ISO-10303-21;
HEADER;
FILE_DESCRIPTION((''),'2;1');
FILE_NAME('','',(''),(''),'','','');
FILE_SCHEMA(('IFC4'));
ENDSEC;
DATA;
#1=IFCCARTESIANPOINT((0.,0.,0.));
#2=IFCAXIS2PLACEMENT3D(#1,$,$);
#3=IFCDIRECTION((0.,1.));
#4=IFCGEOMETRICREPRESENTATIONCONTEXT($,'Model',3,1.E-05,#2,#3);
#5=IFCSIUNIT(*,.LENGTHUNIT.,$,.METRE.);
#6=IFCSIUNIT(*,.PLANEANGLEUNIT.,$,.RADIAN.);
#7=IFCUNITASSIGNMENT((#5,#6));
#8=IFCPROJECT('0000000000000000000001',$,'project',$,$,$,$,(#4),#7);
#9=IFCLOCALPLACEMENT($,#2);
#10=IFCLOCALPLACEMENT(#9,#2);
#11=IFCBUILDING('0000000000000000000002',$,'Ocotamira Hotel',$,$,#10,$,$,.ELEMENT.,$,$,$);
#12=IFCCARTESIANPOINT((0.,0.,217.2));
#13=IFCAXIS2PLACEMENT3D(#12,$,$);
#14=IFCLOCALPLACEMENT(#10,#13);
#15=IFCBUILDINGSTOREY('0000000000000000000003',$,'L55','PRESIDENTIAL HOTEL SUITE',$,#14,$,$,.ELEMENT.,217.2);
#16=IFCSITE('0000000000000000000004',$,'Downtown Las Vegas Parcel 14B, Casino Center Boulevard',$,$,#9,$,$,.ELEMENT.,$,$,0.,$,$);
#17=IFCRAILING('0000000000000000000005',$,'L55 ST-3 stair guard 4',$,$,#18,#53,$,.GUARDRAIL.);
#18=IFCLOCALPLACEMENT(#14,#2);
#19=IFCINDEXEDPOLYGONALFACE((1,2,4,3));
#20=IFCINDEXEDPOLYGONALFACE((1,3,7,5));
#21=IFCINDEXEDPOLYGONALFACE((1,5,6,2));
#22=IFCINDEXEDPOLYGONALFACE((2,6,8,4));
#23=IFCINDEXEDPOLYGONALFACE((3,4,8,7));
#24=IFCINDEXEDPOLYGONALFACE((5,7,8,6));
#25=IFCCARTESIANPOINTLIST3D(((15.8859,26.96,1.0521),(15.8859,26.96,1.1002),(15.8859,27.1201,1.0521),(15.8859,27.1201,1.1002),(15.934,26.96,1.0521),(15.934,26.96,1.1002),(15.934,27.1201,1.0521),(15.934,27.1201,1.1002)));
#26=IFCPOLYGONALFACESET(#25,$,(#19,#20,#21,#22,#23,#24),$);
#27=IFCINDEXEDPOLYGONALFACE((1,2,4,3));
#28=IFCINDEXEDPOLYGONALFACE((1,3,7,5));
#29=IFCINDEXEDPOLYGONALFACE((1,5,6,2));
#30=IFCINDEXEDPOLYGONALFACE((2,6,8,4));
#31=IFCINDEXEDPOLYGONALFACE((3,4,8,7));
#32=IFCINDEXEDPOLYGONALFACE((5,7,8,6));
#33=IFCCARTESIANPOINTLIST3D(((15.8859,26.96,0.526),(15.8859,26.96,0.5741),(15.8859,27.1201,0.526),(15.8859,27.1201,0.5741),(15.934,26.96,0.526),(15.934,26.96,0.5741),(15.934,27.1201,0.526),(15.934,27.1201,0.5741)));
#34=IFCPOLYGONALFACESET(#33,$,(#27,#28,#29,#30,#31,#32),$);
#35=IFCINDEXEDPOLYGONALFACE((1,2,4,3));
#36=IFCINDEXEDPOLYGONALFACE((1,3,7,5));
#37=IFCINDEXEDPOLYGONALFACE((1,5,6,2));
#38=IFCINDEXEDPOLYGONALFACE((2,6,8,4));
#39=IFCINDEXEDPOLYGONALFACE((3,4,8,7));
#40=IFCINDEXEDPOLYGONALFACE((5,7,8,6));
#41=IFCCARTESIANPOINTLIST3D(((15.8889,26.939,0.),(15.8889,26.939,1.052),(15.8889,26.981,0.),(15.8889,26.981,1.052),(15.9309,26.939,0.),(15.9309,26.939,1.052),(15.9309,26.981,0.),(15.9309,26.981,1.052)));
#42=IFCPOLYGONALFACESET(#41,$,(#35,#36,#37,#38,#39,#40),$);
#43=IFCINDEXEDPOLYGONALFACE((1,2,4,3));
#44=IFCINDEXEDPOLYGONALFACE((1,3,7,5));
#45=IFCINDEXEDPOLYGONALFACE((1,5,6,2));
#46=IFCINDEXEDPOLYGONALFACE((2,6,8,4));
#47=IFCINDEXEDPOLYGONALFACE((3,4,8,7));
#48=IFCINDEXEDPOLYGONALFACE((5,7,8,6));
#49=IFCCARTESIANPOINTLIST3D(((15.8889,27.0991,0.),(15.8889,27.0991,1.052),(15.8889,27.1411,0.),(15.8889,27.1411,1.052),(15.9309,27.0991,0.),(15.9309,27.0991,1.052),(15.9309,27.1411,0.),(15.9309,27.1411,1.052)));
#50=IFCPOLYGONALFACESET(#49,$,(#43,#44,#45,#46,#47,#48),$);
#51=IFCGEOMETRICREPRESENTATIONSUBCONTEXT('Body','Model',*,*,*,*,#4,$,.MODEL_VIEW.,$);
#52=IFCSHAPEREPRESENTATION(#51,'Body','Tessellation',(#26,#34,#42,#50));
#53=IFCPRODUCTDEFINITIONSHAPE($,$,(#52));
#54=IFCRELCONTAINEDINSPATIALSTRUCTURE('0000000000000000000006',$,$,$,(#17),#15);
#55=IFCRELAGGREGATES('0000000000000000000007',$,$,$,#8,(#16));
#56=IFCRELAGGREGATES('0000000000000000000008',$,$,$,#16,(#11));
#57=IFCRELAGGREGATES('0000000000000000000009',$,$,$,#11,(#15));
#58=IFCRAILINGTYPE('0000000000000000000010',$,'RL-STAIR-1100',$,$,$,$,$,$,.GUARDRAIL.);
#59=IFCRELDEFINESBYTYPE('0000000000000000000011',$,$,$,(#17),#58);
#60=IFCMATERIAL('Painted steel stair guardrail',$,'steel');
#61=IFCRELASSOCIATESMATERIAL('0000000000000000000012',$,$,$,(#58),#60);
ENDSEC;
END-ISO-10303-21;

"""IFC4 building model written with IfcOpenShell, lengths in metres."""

from ifc_helpers import new_model, si_unit, direction, frame, origin, origin_2d, place, context, subcontext, project, spatial, rectangle, extrude, material, type_object, element, save


model = new_model("IFC4")

# Units and contexts
model_context = context("Model", 3, precision=1e-05, world=origin(), true_north=direction((0.0, 1.0)))
body_context = subcontext(model_context, "Body", "Model", "MODEL_VIEW")
ifc_project = project(units=[si_unit("LENGTHUNIT", "METRE"), si_unit("PLANEANGLEUNIT", "RADIAN")], contexts=[model_context])

# Site, building, storey
site_placement = place(None, origin())
site = spatial("IfcSite", under=ifc_project, at=site_placement, Name="Downtown Las Vegas Parcel 14B, Casino Center Boulevard", CompositionType="ELEMENT", RefElevation=0.0)
building_placement = place(site_placement, origin())
building = spatial("IfcBuilding", under=site, at=building_placement, Name="Ocotamira Hotel", CompositionType="ELEMENT")
storey_placement = place(building_placement, frame((0.0, 0.0, 217.2)))
storey = spatial("IfcBuildingStorey", under=building, at=storey_placement, Name="L55", Description="PRESIDENTIAL HOTEL SUITE", CompositionType="ELEMENT", Elevation=217.2)

# Railing
ifc_material_1 = material(Name="Painted steel stair guardrail", Category="steel")
railing_type_1 = type_object("IfcRailingType", Name="RL-STAIR-1100", PredefinedType="GUARDRAIL", material=ifc_material_1)
railing_1_placement = place(storey_placement, frame((15.9099, 26.96, 0.0)))
element("IfcRailing", 1, at=railing_1_placement, inside=storey, type_object=railing_type_1, Name="L55 ST-3 stair guard 4", PredefinedType="GUARDRAIL", context=body_context, shape_type="SweptSolid", body=[
    extrude(rectangle(XDim=0.0481, YDim=0.0481, at=origin_2d()), frame((0.0, 0.0, 1.0762), z_axis=(0.0, 1.0, 0.0), x_axis=(-1.0, 0.0, 0.0)), (0.0, 0.0, 1.0), 0.1602),
    extrude(rectangle(XDim=0.0481, YDim=0.0481, at=origin_2d()), frame((0.0, 0.0, 0.55), z_axis=(0.0, 1.0, 0.0), x_axis=(-1.0, 0.0, 0.0)), (0.0, 0.0, 1.0), 0.1602),
    extrude(rectangle(XDim=0.042, YDim=0.042, at=origin_2d()), origin(), (0.0, 0.0, 1.0), 1.052),
    extrude(rectangle(XDim=0.042, YDim=0.042, at=origin_2d()), frame((0.0, 0.1602, 0.0)), (0.0, 0.0, 1.0), 1.052),
])

save(model, "model.ifc")
